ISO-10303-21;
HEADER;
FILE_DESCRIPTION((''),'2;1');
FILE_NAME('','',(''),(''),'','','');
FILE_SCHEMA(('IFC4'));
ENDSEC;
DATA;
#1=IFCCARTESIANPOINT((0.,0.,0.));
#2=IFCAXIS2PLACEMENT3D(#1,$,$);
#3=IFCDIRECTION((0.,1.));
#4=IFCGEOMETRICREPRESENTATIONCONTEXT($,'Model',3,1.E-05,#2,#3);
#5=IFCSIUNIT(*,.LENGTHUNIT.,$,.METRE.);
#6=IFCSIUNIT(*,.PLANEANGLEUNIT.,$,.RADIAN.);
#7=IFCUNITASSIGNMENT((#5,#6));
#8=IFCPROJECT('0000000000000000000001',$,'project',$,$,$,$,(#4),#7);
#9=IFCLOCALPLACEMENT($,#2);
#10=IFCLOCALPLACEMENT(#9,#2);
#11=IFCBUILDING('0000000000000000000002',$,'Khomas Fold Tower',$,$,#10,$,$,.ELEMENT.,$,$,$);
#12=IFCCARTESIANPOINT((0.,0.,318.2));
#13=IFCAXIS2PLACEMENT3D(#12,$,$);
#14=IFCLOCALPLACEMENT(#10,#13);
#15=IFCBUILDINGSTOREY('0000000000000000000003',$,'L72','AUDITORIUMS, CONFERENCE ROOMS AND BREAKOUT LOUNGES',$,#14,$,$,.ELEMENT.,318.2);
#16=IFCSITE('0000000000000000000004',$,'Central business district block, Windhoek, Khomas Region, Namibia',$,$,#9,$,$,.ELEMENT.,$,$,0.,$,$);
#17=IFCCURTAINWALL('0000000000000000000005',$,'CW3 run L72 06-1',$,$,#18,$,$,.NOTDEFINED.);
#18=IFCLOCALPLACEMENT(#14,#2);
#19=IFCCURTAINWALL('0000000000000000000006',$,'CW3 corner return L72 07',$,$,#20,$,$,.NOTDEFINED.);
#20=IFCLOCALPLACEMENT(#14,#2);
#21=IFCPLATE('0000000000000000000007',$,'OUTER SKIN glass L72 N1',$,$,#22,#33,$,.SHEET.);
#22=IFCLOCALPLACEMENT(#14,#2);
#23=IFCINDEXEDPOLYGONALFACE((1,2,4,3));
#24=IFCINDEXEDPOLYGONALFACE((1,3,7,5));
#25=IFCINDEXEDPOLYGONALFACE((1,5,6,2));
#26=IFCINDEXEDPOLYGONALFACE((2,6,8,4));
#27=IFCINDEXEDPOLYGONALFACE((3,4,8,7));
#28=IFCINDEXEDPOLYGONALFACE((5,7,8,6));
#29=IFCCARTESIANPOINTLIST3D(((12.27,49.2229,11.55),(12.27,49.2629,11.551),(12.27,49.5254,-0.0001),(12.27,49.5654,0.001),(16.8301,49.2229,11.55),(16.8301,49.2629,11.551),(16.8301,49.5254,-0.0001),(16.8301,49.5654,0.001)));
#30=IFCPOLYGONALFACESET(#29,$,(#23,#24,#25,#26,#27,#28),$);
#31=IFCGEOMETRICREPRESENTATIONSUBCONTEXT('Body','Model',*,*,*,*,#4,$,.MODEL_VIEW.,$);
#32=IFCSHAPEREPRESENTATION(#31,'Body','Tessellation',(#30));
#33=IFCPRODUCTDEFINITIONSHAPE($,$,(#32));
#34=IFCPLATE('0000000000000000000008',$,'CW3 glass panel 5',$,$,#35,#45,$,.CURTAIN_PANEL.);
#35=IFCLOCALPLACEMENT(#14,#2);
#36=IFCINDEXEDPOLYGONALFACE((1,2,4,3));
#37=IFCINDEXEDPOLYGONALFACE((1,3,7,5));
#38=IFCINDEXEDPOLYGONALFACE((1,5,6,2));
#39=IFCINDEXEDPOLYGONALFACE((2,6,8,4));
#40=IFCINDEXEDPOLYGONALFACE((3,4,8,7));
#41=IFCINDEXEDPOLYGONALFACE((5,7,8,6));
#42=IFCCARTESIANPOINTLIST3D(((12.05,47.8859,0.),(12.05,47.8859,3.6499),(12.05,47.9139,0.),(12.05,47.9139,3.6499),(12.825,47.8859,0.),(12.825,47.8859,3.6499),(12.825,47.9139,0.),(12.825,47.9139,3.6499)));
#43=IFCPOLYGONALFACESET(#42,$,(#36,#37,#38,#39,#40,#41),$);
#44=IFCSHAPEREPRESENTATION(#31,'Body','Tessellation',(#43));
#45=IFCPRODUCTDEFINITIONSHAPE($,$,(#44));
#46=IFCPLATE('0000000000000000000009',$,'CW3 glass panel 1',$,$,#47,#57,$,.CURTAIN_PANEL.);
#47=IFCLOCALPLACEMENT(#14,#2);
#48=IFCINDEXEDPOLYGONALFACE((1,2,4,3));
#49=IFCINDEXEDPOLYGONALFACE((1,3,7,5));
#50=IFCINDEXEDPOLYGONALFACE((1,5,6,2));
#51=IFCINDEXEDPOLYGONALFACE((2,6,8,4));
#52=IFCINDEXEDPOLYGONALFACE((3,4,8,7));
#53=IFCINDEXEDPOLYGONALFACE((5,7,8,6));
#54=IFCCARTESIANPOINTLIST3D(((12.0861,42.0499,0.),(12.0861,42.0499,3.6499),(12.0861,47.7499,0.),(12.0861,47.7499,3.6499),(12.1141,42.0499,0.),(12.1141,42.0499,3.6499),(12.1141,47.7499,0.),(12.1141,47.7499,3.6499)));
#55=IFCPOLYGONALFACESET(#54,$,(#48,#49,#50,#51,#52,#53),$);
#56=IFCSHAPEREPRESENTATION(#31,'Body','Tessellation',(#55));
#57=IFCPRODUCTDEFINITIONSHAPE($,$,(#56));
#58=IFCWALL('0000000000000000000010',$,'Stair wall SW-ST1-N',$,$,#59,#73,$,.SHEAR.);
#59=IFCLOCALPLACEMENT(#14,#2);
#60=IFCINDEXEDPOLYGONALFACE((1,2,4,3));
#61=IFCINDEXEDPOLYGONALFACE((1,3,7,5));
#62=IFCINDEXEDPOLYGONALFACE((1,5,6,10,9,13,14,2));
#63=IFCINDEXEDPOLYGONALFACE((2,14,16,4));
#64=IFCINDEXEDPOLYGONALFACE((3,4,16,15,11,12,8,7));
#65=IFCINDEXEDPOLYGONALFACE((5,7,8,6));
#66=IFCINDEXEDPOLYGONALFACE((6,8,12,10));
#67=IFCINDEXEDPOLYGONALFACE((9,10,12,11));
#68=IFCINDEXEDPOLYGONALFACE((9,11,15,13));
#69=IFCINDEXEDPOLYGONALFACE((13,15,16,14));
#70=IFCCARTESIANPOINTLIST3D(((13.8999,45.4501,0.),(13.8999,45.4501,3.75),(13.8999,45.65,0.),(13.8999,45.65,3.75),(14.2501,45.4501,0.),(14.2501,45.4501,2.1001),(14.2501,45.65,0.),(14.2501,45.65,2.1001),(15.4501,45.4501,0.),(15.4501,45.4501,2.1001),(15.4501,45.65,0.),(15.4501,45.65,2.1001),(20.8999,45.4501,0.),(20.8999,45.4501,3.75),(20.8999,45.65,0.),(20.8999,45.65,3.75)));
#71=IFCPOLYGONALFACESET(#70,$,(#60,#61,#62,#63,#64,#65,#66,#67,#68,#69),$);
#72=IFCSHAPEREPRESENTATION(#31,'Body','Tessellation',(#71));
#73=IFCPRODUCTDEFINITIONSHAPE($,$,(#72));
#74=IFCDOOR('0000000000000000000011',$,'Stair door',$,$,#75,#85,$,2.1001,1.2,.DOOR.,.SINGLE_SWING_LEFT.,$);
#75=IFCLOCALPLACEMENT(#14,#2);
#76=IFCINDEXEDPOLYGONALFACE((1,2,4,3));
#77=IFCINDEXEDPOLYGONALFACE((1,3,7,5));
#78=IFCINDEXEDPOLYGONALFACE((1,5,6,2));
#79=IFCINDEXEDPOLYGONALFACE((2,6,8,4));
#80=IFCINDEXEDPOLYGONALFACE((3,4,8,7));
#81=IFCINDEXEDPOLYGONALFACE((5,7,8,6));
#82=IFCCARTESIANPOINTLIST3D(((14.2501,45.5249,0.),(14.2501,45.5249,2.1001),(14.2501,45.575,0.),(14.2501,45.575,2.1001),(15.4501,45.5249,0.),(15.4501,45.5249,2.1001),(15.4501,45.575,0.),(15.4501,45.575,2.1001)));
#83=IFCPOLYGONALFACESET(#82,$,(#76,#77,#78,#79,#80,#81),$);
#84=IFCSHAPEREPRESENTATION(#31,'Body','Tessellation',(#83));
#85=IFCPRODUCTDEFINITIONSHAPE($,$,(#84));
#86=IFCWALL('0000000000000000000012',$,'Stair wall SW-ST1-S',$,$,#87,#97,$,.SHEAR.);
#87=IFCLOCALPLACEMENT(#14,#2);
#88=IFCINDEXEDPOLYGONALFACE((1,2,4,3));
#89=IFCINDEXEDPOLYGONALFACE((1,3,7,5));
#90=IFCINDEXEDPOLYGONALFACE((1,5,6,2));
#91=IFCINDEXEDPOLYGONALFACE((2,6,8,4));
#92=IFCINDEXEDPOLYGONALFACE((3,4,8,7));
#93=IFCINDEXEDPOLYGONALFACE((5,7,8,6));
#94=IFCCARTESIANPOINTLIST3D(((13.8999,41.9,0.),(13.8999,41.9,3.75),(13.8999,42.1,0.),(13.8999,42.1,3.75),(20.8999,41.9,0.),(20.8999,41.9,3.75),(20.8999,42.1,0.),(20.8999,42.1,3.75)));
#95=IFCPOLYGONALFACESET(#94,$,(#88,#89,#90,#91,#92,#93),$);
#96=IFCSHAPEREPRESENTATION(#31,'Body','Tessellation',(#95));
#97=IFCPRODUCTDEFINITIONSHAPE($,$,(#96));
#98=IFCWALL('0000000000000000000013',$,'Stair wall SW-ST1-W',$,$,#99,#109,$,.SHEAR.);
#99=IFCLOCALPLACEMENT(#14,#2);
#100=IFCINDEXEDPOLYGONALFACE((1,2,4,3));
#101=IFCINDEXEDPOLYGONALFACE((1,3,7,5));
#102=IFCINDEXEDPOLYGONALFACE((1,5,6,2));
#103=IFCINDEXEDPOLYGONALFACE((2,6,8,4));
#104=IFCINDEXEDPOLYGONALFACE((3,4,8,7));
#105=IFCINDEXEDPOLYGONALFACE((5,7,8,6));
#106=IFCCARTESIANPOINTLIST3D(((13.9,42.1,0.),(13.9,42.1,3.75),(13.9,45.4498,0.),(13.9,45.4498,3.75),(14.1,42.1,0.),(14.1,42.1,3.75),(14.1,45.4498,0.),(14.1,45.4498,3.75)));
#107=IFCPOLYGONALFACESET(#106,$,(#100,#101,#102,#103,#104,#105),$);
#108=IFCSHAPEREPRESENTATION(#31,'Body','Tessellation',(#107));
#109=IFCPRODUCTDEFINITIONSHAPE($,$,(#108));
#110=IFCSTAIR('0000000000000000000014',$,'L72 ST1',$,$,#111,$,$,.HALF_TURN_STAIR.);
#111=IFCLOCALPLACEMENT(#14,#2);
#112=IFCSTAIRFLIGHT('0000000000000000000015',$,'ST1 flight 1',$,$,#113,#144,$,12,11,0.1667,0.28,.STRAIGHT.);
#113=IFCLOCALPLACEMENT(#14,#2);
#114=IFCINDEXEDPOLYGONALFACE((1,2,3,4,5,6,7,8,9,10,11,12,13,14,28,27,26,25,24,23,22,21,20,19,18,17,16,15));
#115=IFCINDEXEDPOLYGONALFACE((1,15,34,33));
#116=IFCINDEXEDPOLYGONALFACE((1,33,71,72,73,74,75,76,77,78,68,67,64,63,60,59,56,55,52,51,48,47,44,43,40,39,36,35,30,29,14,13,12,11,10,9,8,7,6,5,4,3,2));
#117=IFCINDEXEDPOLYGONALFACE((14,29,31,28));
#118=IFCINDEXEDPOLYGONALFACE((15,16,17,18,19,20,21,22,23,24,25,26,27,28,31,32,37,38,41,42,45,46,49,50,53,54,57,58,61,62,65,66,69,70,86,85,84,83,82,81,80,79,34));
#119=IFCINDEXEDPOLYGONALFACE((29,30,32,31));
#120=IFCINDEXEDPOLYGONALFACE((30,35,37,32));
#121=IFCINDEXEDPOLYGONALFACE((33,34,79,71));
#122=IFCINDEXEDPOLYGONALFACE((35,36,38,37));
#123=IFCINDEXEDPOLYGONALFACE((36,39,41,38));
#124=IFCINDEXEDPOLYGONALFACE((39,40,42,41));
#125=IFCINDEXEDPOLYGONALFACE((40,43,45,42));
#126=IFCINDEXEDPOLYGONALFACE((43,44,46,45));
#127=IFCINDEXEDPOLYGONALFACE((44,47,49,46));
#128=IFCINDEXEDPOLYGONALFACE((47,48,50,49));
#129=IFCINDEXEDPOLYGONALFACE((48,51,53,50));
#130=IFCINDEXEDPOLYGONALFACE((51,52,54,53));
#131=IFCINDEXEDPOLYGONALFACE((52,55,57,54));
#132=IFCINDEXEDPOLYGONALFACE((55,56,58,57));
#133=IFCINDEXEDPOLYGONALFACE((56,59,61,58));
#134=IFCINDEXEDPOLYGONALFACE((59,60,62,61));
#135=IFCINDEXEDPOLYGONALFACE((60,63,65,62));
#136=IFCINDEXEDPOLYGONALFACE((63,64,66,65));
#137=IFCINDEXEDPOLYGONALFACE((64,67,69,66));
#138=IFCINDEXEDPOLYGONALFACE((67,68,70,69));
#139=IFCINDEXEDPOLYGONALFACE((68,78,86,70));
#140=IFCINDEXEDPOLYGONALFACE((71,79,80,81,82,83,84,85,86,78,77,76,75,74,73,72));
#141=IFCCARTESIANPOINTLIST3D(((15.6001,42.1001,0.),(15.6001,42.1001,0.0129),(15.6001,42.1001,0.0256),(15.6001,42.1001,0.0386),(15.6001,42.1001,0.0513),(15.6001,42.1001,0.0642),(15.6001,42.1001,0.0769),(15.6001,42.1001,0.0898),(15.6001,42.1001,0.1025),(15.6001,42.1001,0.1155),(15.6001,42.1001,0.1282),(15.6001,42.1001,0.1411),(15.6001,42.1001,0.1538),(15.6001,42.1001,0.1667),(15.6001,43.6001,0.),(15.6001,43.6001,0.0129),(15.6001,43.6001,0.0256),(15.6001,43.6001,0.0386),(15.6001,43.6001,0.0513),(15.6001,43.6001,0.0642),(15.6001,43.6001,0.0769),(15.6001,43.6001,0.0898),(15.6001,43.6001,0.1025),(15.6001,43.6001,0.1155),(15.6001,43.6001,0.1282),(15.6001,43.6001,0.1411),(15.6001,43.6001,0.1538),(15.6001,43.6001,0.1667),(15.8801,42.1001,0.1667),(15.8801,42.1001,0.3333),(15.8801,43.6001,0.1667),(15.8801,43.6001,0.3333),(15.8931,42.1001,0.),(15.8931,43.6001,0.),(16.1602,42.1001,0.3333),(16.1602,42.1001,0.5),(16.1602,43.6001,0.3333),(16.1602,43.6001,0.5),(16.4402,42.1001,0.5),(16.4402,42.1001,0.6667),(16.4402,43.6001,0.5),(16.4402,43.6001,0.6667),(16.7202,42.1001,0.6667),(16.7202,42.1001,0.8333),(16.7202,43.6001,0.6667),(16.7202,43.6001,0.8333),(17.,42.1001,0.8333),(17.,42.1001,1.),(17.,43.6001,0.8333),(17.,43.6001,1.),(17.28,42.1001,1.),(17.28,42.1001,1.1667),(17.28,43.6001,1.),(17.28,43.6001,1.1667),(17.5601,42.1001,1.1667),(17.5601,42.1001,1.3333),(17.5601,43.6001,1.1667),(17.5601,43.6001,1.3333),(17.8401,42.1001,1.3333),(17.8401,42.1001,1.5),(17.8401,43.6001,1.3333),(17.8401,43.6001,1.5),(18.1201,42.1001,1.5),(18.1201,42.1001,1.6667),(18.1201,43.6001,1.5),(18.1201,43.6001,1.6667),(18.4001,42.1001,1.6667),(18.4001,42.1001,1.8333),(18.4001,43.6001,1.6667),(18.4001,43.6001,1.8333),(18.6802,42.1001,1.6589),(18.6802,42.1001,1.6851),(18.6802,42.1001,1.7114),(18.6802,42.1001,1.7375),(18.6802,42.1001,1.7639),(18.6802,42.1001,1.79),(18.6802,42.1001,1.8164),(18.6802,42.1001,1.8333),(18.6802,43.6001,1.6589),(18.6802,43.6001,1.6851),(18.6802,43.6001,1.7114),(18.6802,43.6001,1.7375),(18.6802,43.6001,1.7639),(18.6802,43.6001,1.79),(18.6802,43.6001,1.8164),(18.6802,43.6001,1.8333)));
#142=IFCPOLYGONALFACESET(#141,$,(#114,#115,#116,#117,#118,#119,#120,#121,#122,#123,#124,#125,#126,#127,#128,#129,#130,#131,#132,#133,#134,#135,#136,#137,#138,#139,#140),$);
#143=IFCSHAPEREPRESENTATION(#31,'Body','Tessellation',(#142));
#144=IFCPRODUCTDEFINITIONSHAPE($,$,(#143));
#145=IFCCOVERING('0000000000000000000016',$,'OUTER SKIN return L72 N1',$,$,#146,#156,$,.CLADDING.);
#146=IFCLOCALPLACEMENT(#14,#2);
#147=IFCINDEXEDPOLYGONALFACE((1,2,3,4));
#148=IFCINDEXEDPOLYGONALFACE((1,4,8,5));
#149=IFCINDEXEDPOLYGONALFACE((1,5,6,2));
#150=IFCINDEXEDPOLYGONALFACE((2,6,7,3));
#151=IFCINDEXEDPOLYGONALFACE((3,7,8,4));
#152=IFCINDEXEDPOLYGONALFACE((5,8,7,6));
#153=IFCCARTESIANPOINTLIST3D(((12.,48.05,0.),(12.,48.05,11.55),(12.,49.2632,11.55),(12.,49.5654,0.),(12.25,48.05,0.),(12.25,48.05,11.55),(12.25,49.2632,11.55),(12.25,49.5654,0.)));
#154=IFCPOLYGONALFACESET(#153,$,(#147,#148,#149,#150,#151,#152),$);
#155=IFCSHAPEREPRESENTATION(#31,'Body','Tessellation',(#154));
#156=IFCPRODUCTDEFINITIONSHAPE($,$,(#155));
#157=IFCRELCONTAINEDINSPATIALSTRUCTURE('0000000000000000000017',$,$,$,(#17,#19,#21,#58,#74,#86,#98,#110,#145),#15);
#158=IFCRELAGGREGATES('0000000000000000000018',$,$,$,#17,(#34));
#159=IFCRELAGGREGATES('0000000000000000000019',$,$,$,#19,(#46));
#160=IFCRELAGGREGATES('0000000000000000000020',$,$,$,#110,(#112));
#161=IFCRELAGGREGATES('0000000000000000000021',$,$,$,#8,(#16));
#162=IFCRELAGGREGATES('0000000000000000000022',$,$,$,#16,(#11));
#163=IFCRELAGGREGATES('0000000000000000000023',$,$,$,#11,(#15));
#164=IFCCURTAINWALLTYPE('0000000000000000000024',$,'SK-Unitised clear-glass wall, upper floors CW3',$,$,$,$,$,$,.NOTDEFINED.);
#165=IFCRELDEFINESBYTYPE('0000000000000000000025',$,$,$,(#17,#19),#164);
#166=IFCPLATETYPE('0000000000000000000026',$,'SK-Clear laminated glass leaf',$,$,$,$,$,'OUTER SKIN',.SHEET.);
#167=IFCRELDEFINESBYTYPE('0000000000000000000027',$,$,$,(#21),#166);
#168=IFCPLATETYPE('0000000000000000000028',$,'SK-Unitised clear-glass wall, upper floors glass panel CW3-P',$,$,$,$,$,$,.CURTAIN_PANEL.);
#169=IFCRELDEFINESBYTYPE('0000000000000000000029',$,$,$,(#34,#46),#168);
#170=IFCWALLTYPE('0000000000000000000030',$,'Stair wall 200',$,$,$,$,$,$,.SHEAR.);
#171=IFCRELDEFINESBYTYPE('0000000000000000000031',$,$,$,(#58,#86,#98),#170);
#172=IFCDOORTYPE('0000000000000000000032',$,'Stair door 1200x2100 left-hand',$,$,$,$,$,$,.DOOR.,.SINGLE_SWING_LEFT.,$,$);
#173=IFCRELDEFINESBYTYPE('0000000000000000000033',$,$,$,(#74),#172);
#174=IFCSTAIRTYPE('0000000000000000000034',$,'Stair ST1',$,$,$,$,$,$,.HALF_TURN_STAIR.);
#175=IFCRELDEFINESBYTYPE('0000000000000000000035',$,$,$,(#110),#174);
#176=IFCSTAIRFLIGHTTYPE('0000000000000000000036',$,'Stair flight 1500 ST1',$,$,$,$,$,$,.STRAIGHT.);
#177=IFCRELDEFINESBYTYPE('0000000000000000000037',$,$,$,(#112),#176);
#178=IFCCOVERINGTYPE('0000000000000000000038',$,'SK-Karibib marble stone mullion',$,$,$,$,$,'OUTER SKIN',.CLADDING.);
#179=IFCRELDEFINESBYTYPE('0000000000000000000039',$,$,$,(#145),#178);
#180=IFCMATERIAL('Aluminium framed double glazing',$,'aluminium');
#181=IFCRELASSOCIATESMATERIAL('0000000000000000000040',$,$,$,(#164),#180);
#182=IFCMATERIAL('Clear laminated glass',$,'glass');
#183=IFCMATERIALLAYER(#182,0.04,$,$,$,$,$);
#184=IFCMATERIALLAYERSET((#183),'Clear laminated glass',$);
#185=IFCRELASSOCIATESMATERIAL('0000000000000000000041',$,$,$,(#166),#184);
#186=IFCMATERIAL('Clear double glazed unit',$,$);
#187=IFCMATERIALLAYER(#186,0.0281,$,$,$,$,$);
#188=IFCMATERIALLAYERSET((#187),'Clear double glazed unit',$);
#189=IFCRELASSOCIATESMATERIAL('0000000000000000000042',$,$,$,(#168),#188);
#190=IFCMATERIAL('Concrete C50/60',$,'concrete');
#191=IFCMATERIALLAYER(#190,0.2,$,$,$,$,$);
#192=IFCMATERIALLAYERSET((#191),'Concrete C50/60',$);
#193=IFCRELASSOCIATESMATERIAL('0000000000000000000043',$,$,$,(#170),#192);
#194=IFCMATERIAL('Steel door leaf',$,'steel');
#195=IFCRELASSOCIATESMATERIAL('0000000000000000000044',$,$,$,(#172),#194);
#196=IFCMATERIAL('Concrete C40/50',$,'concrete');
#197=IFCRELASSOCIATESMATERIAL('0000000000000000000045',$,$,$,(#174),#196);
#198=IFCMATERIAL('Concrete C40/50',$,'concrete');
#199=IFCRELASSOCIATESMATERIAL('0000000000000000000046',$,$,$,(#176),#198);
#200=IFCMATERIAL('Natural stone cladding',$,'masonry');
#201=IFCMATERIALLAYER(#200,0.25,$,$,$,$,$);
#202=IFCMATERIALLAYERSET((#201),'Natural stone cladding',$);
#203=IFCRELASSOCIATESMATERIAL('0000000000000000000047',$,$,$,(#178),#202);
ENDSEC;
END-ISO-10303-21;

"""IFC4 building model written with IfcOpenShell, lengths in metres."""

from ifc_helpers import new_model, si_unit, direction, frame, frame_2d, origin, origin_2d, place, context, subcontext, project, spatial, polyline, rectangle, outline, extrude, source, transform, mapped, material, layer, layer_set, type_object, element, fill, aggregate, save


model = new_model("IFC4")

# Units and contexts
model_context = context("Model", 3, precision=1e-05, world=origin(), true_north=direction((0.0, 1.0)))
body_context = subcontext(model_context, "Body", "Model", "MODEL_VIEW")
ifc_project = project(units=[si_unit("LENGTHUNIT", "METRE"), si_unit("PLANEANGLEUNIT", "RADIAN")], contexts=[model_context])

# Site, building, storey
site_placement = place(None, origin())
site = spatial("IfcSite", under=ifc_project, at=site_placement, Name="Central business district block, Windhoek, Khomas Region, Namibia", CompositionType="ELEMENT", RefElevation=0.0)
building_placement = place(site_placement, origin())
building = spatial("IfcBuilding", under=site, at=building_placement, Name="Khomas Fold Tower", CompositionType="ELEMENT")
storey_placement = place(building_placement, frame((0.0, 0.0, 318.2)))
storey = spatial("IfcBuildingStorey", under=building, at=storey_placement, Name="L72", Description="AUDITORIUMS, CONFERENCE ROOMS AND BREAKOUT LOUNGES", CompositionType="ELEMENT", Elevation=318.2)

# Curtain walls
ifc_material_1 = material(Name="Aluminium framed double glazing", Category="aluminium")
curtain_wall_type = type_object("IfcCurtainWallType", Name="SK-Unitised clear-glass wall, upper floors CW3", PredefinedType="NOTDEFINED", material=ifc_material_1)
curtain_wall_1_placement = place(storey_placement, origin())
curtain_wall_1 = element("IfcCurtainWall", 1, at=curtain_wall_1_placement, inside=storey, type_object=curtain_wall_type, Name="CW3 run L72 06-1", PredefinedType="NOTDEFINED")
curtain_wall_2_placement = place(storey_placement, origin())
curtain_wall_2 = element("IfcCurtainWall", 2, at=curtain_wall_2_placement, inside=storey, type_object=curtain_wall_type, Name="CW3 corner return L72 07", PredefinedType="NOTDEFINED")

# Plates
ifc_material_2 = material(Name="Clear laminated glass", Category="glass")
ifc_layer_1 = layer(ifc_material_2, 0.04)
ifc_layer_set_1 = layer_set([ifc_layer_1], Name="Clear laminated glass")
plate_type_1 = type_object("IfcPlateType", Name="SK-Clear laminated glass leaf", ElementType="OUTER SKIN", PredefinedType="SHEET", material=ifc_layer_set_1)
plate_1_placement = place(storey_placement, frame((12.27, 49.5654, 0.001), z_axis=(0.0, 0.999657, 0.026181), x_axis=(1.0, 0.0, 0.0)))
element("IfcPlate", 3, at=plate_1_placement, inside=storey, type_object=plate_type_1, Name="OUTER SKIN glass L72 N1", PredefinedType="SHEET", context=body_context, shape_type="SweptSolid", body=[
    extrude(outline(polyline([(0.0, 0.0), (4.5601, 0.0), (4.5601, -11.554), (0.0, -11.554), (0.0, 0.0)])), origin(), (0.0, 0.0, -1.0), 0.04),
])
ifc_material_3 = material(Name="Clear double glazed unit")
ifc_layer_2 = layer(ifc_material_3, 0.0281)
ifc_layer_set_2 = layer_set([ifc_layer_2], Name="Clear double glazed unit")
plate_type_2 = type_object("IfcPlateType", Name="SK-Unitised clear-glass wall, upper floors glass panel CW3-P", PredefinedType="CURTAIN_PANEL", material=ifc_layer_set_2)
shared_shape_1 = source(origin(), body_context, "Body", "SweptSolid", [
    extrude(rectangle(XDim=0.7749, YDim=0.0281, at=origin_2d()), origin(), (0.0, 0.0, 1.0), 3.6499),
])
plate_2_placement = place(storey_placement, frame((12.4375, 47.8999, 0.0), z_axis=(0.0, 0.0, 1.0), x_axis=(-1.0, 0.0, 0.0)))
plate_2 = element("IfcPlate", 4, at=plate_2_placement, type_object=plate_type_2, Name="CW3 glass panel 5", PredefinedType="CURTAIN_PANEL", context=body_context, shape_type="MappedRepresentation", body=[
    mapped(shared_shape_1, transform((0.0, 0.0, 0.0))),
])
aggregate(curtain_wall_1, [plate_2])
shared_shape_2 = source(origin(), body_context, "Body", "SweptSolid", [
    extrude(rectangle(XDim=5.7, YDim=0.0281, at=origin_2d()), origin(), (0.0, 0.0, 1.0), 3.6499),
])
plate_3_placement = place(storey_placement, frame((12.1001, 44.8999, 0.0), z_axis=(0.0, 0.0, 1.0), x_axis=(0.0, -1.0, 0.0)))
plate_3 = element("IfcPlate", 5, at=plate_3_placement, type_object=plate_type_2, Name="CW3 glass panel 1", PredefinedType="CURTAIN_PANEL", context=body_context, shape_type="MappedRepresentation", body=[
    mapped(shared_shape_2, transform((0.0, 0.0, 0.0))),
])
aggregate(curtain_wall_2, [plate_3])

# Wall, opening, door
ifc_material_4 = material(Name="Concrete C50/60", Category="concrete")
ifc_layer_3 = layer(ifc_material_4, 0.2)
ifc_layer_set_3 = layer_set([ifc_layer_3], Name="Concrete C50/60")
wall_type = type_object("IfcWallType", Name="Stair wall 200", PredefinedType="SHEAR", material=ifc_layer_set_3)
shared_shape_3 = source(origin(), body_context, "Body", "SweptSolid", [
    extrude(rectangle(XDim=7.0, YDim=0.2, at=frame_2d((3.5, 0.0))), origin(), (0.0, 0.0, 1.0), 3.75),
])
wall_1_placement = place(storey_placement, frame((13.8999, 45.55, 0.0), z_axis=(0.0, 0.0, 1.0), x_axis=(1.0, 0.0, 0.0)))
wall_1 = element("IfcWall", 6, at=wall_1_placement, inside=storey, type_object=wall_type, Name="Stair wall SW-ST1-N", PredefinedType="SHEAR", context=body_context, shape_type="MappedRepresentation", body=[
    mapped(shared_shape_3, transform((0.0, 0.0, 0.0))),
])
shared_shape_4 = source(origin(), body_context, "Body", "SweptSolid", [
    extrude(rectangle(XDim=1.2, YDim=2.1001, at=frame_2d((0.6001, 1.05))), frame((0.0, 0.1099, 0.0), z_axis=(0.0, -1.0, 0.0), x_axis=(1.0, 0.0, 0.0)), (0.0, 0.0, 1.0), 0.22),
])
opening_placement = place(wall_1_placement, frame((0.3501, 0.0, 0.0)))
opening = element("IfcOpeningElement", 7, at=opening_placement, cuts=wall_1, PredefinedType="OPENING", context=body_context, shape_type="MappedRepresentation", body=[
    mapped(shared_shape_4, transform((0.0, 0.0, 0.0))),
])
ifc_material_5 = material(Name="Steel door leaf", Category="steel")
door_type = type_object("IfcDoorType", Name="Stair door 1200x2100 left-hand", OperationType="SINGLE_SWING_LEFT", PredefinedType="DOOR", material=ifc_material_5)
shared_shape_5 = source(origin(), body_context, "Body", "SweptSolid", [
    extrude(rectangle(XDim=1.2, YDim=2.1001, at=frame_2d((0.6001, 1.05))), frame((0.0, 0.0249, 0.0), z_axis=(0.0, -1.0, 0.0), x_axis=(1.0, 0.0, 0.0)), (0.0, 0.0, 1.0), 0.05),
])
door_placement = place(opening_placement, origin())
door = element("IfcDoor", 8, at=door_placement, inside=storey, type_object=door_type, Name="Stair door", OperationType="SINGLE_SWING_LEFT", OverallHeight=2.1001, OverallWidth=1.2, PredefinedType="DOOR", context=body_context, shape_type="MappedRepresentation", body=[
    mapped(shared_shape_5, transform((0.0, 0.0, 0.0))),
])
fill(opening, door)

# Walls
wall_2_placement = place(storey_placement, frame((13.8999, 42.0, 0.0), z_axis=(0.0, 0.0, 1.0), x_axis=(1.0, 0.0, 0.0)))
element("IfcWall", 9, at=wall_2_placement, inside=storey, type_object=wall_type, Name="Stair wall SW-ST1-S", PredefinedType="SHEAR", context=body_context, shape_type="MappedRepresentation", body=[
    mapped(shared_shape_3, transform((0.0, 0.0, 0.0))),
])
shared_shape_6 = source(origin(), body_context, "Body", "SweptSolid", [
    extrude(rectangle(XDim=3.3499, YDim=0.2, at=frame_2d((1.6748, 0.0))), origin(), (0.0, 0.0, 1.0), 3.75),
])
wall_3_placement = place(storey_placement, frame((14.0, 42.1001, 0.0), z_axis=(0.0, 0.0, 1.0), x_axis=(0.0, 1.0, 0.0)))
element("IfcWall", 10, at=wall_3_placement, inside=storey, type_object=wall_type, Name="Stair wall SW-ST1-W", PredefinedType="SHEAR", context=body_context, shape_type="MappedRepresentation", body=[
    mapped(shared_shape_6, transform((0.0, 0.0, 0.0))),
])

# Stair, stair flight
ifc_material_6 = material(Name="Concrete C40/50", Category="concrete")
stair_type = type_object("IfcStairType", Name="Stair ST1", PredefinedType="HALF_TURN_STAIR", material=ifc_material_6)
stair_placement = place(storey_placement, origin())
stair = element("IfcStair", 11, at=stair_placement, inside=storey, type_object=stair_type, Name="L72 ST1", PredefinedType="HALF_TURN_STAIR")
ifc_material_7 = material(Name="Concrete C40/50", Category="concrete")
stair_flight_type = type_object("IfcStairFlightType", Name="Stair flight 1500 ST1", PredefinedType="STRAIGHT", material=ifc_material_7)
shared_shape_7 = source(origin(), body_context, "Body", "SweptSolid", [
    extrude(outline(polyline([(0.0, 0.0), (0.0, 0.0129), (0.0, 0.0256), (0.0, 0.0386), (0.0, 0.0513), (0.0, 0.0642), (0.0, 0.0769), (0.0, 0.0898), (0.0, 0.1025), (0.0, 0.1155), (0.0, 0.1282), (0.0, 0.1411), (0.0, 0.1538), (0.0, 0.1667), (0.28, 0.1667), (0.28, 0.3333), (0.5601, 0.3333), (0.5601, 0.5), (0.8401, 0.5), (0.8401, 0.6667), (1.1201, 0.6667), (1.1201, 0.8333), (1.3999, 0.8333), (1.3999, 1.0), (1.6799, 1.0), (1.6799, 1.1667), (1.96, 1.1667), (1.96, 1.3333), (2.24, 1.3333), (2.24, 1.5), (2.52, 1.5), (2.52, 1.6667), (2.8, 1.6667), (2.8, 1.8333), (3.0801, 1.8333), (3.0801, 2.0), (3.0801, 1.9739), (3.0801, 1.9475), (3.0801, 1.9214), (3.0801, 1.895), (3.0801, 1.8689), (3.0801, 1.8425), (3.0801, 1.8164), (3.0801, 1.79), (3.0801, 1.7639), (3.0801, 1.7375), (3.0801, 1.7114), (3.0801, 1.6851), (3.0801, 1.6589), (0.293, 0.0), (0.0, 0.0)])), frame((0.0, 0.75, 0.0), z_axis=(0.0, -1.0, 0.0), x_axis=(1.0, 0.0, 0.0)), (0.0, 0.0, 1.0), 1.5),
])
stair_flight_placement = place(storey_placement, frame((15.6001, 42.8501, 0.0), z_axis=(0.0, 0.0, 1.0), x_axis=(1.0, 0.0, 0.0)))
stair_flight = element("IfcStairFlight", 12, at=stair_flight_placement, type_object=stair_flight_type, Name="ST1 flight 1", NumberOfRisers=12, NumberOfTreads=11, PredefinedType="STRAIGHT", RiserHeight=0.1667, TreadLength=0.28, context=body_context, shape_type="MappedRepresentation", body=[
    mapped(shared_shape_7, transform((0.0, 0.0, 0.0))),
])
aggregate(stair, [stair_flight])

# Covering
ifc_material_8 = material(Name="Natural stone cladding", Category="masonry")
ifc_layer_4 = layer(ifc_material_8, 0.25)
ifc_layer_set_4 = layer_set([ifc_layer_4], Name="Natural stone cladding")
covering_type = type_object("IfcCoveringType", Name="SK-Karibib marble stone mullion", ElementType="OUTER SKIN", PredefinedType="CLADDING", material=ifc_layer_set_4)
covering_1_placement = place(storey_placement, frame((12.0, 48.05, 11.55), z_axis=(-1.0, 0.0, 0.0), x_axis=(0.0, 1.0, 0.0)))
element("IfcCovering", 13, at=covering_1_placement, inside=storey, type_object=covering_type, Name="OUTER SKIN return L72 N1", PredefinedType="CLADDING", context=body_context, shape_type="SweptSolid", body=[
    extrude(outline(polyline([(0.0, 0.0), (1.2131, 0.0), (1.5154, 11.55), (0.0, 11.55), (0.0, 0.0)])), origin(), (0.0, 0.0, -1.0), 0.25),
])

save(model, "model.ifc")
